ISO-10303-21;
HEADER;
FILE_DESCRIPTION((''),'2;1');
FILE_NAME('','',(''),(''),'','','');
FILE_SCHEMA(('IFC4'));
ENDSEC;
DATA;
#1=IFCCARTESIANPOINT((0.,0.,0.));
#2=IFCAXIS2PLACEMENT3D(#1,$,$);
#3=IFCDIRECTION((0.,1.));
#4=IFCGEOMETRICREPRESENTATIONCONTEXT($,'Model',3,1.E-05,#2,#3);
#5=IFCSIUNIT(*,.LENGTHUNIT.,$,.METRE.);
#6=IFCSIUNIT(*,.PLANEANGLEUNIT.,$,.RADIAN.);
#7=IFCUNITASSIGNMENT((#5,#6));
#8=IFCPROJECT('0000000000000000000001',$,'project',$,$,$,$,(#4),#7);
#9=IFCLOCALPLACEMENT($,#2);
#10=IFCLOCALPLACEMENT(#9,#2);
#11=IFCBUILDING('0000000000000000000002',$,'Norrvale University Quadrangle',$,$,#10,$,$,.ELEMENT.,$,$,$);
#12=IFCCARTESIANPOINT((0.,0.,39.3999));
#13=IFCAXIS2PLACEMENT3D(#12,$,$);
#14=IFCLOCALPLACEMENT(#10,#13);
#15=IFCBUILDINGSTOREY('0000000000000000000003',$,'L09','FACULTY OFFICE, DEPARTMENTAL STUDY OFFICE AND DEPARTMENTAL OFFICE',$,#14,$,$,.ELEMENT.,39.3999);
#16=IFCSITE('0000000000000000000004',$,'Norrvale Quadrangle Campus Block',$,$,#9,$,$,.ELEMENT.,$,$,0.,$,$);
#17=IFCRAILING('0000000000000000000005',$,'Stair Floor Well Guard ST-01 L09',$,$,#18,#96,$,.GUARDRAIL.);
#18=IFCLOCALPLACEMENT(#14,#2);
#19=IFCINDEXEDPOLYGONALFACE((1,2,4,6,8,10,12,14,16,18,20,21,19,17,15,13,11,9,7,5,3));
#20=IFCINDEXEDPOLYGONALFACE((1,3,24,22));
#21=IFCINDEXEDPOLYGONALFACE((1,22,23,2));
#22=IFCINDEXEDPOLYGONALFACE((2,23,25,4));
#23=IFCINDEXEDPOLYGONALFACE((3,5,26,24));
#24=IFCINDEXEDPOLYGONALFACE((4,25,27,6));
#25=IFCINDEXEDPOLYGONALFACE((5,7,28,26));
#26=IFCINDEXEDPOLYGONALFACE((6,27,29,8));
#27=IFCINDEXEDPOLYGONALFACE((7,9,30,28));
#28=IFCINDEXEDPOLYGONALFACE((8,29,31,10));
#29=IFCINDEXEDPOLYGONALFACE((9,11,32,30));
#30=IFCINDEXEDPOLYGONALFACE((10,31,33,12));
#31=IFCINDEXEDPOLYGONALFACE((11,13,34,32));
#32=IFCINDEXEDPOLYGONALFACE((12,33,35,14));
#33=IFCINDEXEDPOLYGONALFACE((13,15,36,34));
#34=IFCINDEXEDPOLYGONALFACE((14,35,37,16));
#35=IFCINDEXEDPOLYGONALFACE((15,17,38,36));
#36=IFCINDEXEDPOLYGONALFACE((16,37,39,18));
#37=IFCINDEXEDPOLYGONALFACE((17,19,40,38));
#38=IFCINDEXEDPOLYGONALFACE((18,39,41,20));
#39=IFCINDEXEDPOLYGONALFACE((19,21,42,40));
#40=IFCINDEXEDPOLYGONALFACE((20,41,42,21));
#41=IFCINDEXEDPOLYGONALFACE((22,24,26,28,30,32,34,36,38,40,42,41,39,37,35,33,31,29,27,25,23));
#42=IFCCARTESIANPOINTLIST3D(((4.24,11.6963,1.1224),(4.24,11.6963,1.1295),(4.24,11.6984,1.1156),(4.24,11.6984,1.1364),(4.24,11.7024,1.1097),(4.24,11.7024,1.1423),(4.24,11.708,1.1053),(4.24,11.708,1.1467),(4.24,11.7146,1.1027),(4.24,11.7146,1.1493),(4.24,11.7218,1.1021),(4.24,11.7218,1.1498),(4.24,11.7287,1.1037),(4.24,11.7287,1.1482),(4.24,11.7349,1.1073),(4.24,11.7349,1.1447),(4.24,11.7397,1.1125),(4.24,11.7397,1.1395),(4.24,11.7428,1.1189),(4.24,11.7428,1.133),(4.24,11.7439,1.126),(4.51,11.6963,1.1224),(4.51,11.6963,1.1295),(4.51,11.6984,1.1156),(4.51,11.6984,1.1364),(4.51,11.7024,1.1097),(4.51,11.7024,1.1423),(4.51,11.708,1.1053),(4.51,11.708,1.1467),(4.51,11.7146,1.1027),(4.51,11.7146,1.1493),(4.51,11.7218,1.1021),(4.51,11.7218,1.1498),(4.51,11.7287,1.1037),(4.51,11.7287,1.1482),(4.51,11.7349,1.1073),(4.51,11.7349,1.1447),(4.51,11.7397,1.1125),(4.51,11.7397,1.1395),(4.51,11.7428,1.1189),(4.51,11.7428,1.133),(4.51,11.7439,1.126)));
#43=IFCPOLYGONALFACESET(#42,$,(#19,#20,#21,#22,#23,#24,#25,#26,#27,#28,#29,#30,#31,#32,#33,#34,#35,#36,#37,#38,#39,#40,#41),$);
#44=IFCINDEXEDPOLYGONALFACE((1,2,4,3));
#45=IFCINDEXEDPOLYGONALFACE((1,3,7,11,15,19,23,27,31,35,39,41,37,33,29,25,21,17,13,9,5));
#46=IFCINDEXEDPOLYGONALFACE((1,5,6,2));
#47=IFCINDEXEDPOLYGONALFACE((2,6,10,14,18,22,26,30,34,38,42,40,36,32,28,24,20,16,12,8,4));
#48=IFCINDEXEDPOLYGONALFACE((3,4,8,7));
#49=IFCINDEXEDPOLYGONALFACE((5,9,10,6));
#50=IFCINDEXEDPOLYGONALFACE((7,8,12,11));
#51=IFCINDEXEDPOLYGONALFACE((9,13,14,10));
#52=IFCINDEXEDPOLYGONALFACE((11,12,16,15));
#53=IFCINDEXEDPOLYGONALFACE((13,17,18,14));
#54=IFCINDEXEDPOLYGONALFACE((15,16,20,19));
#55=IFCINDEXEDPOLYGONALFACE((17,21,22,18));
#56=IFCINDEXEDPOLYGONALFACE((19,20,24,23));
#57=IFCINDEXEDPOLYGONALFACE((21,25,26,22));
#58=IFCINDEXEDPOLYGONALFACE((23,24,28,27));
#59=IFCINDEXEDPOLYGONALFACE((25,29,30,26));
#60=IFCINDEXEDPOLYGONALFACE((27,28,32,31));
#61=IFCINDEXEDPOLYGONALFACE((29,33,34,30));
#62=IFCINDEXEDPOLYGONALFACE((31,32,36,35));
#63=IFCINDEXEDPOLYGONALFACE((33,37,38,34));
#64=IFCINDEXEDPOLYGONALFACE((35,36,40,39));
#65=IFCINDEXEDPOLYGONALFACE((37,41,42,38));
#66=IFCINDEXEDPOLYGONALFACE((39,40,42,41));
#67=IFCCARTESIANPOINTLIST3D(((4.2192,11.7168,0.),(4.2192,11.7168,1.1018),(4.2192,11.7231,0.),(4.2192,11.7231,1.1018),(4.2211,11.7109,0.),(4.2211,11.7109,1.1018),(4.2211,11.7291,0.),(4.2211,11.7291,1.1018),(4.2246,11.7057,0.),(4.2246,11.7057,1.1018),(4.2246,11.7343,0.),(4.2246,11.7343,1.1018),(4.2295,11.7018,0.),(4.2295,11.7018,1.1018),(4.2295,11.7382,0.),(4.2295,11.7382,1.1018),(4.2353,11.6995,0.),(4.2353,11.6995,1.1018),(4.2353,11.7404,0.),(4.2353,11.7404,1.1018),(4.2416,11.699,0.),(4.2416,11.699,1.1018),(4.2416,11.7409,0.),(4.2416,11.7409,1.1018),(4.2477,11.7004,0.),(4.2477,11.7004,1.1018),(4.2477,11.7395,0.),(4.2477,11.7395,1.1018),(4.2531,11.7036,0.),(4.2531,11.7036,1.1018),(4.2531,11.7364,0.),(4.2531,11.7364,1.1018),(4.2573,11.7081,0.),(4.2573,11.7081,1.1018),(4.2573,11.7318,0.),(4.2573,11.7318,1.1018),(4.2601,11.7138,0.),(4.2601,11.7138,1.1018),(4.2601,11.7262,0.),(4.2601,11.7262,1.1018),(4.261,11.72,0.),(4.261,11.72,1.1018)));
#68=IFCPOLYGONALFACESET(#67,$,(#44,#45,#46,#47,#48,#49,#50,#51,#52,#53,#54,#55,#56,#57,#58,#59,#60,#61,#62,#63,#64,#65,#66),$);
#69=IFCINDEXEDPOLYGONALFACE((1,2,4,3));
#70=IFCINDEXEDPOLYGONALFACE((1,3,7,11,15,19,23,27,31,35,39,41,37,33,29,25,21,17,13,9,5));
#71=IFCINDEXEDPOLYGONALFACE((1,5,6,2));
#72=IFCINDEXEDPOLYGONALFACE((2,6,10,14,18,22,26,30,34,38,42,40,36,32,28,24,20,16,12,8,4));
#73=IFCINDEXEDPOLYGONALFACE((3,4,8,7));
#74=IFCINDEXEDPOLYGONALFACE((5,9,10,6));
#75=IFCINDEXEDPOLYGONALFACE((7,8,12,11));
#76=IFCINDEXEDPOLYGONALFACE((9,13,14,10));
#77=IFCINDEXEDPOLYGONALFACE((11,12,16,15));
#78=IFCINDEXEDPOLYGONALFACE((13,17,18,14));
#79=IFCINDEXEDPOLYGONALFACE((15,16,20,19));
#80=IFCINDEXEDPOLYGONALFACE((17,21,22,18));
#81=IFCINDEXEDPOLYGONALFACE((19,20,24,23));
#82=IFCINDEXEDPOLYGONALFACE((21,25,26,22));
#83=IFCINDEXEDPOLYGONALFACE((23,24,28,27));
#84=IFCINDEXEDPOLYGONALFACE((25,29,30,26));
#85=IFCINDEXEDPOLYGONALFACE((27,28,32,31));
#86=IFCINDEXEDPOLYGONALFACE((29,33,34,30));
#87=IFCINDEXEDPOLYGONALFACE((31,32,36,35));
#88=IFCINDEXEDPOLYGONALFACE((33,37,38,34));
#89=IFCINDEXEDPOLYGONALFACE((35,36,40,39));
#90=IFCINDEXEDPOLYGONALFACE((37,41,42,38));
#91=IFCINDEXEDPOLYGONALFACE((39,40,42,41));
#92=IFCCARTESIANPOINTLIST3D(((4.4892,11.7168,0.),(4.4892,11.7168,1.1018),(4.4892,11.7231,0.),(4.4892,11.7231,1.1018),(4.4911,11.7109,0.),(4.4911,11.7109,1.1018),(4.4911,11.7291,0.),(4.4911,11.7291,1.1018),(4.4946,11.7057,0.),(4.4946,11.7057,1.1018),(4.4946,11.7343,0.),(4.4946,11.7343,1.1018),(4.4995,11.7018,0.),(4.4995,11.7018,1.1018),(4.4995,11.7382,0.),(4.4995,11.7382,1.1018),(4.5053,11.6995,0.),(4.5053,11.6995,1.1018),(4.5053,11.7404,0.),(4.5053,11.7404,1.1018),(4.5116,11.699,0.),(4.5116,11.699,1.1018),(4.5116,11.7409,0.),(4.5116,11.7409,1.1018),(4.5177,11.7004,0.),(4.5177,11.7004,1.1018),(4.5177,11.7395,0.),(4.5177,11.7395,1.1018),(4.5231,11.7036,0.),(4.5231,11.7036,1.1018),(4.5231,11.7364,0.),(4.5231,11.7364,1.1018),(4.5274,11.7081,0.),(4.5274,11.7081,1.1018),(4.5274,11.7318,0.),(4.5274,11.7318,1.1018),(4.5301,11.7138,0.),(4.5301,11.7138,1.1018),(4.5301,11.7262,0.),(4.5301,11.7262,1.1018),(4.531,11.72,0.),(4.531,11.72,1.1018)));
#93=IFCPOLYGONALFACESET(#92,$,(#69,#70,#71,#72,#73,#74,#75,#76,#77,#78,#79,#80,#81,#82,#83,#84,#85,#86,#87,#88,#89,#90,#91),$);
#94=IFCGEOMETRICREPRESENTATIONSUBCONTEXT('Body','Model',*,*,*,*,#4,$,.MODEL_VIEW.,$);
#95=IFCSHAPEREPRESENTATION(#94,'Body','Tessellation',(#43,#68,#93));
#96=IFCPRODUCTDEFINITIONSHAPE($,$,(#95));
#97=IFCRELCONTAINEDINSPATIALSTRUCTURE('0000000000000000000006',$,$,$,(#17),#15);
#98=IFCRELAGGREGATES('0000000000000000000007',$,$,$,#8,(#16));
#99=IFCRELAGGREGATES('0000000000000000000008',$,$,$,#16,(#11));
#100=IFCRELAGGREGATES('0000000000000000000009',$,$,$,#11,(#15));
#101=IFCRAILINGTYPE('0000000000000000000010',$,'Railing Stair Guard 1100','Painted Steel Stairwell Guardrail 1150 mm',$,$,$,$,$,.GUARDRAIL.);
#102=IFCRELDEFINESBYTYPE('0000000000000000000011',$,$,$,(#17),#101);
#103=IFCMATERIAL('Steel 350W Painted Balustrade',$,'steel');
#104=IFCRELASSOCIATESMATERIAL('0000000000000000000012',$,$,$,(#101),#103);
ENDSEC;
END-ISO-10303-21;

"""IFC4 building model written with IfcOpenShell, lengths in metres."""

from ifc_helpers import new_model, si_unit, direction, frame, origin, origin_2d, place, context, subcontext, project, spatial, circle, extrude, material, type_object, element, save


model = new_model("IFC4")

# Units and contexts
model_context = context("Model", 3, precision=1e-05, world=origin(), true_north=direction((0.0, 1.0)))
body_context = subcontext(model_context, "Body", "Model", "MODEL_VIEW")
ifc_project = project(units=[si_unit("LENGTHUNIT", "METRE"), si_unit("PLANEANGLEUNIT", "RADIAN")], contexts=[model_context])

# Site, building, storey
site_placement = place(None, origin())
site = spatial("IfcSite", under=ifc_project, at=site_placement, Name="Norrvale Quadrangle Campus Block", CompositionType="ELEMENT", RefElevation=0.0)
building_placement = place(site_placement, origin())
building = spatial("IfcBuilding", under=site, at=building_placement, Name="Norrvale University Quadrangle", CompositionType="ELEMENT")
storey_placement = place(building_placement, frame((0.0, 0.0, 39.3999)))
storey = spatial("IfcBuildingStorey", under=building, at=storey_placement, Name="L09", Description="FACULTY OFFICE, DEPARTMENTAL STUDY OFFICE AND DEPARTMENTAL OFFICE", CompositionType="ELEMENT", Elevation=39.3999)

# Railing
ifc_material_1 = material(Name="Steel 350W Painted Balustrade", Category="steel")
railing_type = type_object("IfcRailingType", Name="Railing Stair Guard 1100", Description="Painted Steel Stairwell Guardrail 1150 mm", PredefinedType="GUARDRAIL", material=ifc_material_1)
railing_placement = place(storey_placement, frame((4.24, 11.72, 0.0)))
element("IfcRailing", 1, at=railing_placement, inside=storey, type_object=railing_type, Name="Stair Floor Well Guard ST-01 L09", PredefinedType="GUARDRAIL", context=body_context, shape_type="SweptSolid", body=[
    extrude(circle(Radius=0.0239, at=origin_2d()), frame((0.0, 0.0, 1.126), z_axis=(1.0, 0.0, 0.0), x_axis=(0.0, 1.0, 0.0)), (0.0, 0.0, 1.0), 0.27),
    extrude(circle(Radius=0.021, at=origin_2d()), origin(), (0.0, 0.0, 1.0), 1.1018),
    extrude(circle(Radius=0.021, at=origin_2d()), frame((0.27, 0.0, 0.0)), (0.0, 0.0, 1.0), 1.1018),
])

save(model, "model.ifc")
